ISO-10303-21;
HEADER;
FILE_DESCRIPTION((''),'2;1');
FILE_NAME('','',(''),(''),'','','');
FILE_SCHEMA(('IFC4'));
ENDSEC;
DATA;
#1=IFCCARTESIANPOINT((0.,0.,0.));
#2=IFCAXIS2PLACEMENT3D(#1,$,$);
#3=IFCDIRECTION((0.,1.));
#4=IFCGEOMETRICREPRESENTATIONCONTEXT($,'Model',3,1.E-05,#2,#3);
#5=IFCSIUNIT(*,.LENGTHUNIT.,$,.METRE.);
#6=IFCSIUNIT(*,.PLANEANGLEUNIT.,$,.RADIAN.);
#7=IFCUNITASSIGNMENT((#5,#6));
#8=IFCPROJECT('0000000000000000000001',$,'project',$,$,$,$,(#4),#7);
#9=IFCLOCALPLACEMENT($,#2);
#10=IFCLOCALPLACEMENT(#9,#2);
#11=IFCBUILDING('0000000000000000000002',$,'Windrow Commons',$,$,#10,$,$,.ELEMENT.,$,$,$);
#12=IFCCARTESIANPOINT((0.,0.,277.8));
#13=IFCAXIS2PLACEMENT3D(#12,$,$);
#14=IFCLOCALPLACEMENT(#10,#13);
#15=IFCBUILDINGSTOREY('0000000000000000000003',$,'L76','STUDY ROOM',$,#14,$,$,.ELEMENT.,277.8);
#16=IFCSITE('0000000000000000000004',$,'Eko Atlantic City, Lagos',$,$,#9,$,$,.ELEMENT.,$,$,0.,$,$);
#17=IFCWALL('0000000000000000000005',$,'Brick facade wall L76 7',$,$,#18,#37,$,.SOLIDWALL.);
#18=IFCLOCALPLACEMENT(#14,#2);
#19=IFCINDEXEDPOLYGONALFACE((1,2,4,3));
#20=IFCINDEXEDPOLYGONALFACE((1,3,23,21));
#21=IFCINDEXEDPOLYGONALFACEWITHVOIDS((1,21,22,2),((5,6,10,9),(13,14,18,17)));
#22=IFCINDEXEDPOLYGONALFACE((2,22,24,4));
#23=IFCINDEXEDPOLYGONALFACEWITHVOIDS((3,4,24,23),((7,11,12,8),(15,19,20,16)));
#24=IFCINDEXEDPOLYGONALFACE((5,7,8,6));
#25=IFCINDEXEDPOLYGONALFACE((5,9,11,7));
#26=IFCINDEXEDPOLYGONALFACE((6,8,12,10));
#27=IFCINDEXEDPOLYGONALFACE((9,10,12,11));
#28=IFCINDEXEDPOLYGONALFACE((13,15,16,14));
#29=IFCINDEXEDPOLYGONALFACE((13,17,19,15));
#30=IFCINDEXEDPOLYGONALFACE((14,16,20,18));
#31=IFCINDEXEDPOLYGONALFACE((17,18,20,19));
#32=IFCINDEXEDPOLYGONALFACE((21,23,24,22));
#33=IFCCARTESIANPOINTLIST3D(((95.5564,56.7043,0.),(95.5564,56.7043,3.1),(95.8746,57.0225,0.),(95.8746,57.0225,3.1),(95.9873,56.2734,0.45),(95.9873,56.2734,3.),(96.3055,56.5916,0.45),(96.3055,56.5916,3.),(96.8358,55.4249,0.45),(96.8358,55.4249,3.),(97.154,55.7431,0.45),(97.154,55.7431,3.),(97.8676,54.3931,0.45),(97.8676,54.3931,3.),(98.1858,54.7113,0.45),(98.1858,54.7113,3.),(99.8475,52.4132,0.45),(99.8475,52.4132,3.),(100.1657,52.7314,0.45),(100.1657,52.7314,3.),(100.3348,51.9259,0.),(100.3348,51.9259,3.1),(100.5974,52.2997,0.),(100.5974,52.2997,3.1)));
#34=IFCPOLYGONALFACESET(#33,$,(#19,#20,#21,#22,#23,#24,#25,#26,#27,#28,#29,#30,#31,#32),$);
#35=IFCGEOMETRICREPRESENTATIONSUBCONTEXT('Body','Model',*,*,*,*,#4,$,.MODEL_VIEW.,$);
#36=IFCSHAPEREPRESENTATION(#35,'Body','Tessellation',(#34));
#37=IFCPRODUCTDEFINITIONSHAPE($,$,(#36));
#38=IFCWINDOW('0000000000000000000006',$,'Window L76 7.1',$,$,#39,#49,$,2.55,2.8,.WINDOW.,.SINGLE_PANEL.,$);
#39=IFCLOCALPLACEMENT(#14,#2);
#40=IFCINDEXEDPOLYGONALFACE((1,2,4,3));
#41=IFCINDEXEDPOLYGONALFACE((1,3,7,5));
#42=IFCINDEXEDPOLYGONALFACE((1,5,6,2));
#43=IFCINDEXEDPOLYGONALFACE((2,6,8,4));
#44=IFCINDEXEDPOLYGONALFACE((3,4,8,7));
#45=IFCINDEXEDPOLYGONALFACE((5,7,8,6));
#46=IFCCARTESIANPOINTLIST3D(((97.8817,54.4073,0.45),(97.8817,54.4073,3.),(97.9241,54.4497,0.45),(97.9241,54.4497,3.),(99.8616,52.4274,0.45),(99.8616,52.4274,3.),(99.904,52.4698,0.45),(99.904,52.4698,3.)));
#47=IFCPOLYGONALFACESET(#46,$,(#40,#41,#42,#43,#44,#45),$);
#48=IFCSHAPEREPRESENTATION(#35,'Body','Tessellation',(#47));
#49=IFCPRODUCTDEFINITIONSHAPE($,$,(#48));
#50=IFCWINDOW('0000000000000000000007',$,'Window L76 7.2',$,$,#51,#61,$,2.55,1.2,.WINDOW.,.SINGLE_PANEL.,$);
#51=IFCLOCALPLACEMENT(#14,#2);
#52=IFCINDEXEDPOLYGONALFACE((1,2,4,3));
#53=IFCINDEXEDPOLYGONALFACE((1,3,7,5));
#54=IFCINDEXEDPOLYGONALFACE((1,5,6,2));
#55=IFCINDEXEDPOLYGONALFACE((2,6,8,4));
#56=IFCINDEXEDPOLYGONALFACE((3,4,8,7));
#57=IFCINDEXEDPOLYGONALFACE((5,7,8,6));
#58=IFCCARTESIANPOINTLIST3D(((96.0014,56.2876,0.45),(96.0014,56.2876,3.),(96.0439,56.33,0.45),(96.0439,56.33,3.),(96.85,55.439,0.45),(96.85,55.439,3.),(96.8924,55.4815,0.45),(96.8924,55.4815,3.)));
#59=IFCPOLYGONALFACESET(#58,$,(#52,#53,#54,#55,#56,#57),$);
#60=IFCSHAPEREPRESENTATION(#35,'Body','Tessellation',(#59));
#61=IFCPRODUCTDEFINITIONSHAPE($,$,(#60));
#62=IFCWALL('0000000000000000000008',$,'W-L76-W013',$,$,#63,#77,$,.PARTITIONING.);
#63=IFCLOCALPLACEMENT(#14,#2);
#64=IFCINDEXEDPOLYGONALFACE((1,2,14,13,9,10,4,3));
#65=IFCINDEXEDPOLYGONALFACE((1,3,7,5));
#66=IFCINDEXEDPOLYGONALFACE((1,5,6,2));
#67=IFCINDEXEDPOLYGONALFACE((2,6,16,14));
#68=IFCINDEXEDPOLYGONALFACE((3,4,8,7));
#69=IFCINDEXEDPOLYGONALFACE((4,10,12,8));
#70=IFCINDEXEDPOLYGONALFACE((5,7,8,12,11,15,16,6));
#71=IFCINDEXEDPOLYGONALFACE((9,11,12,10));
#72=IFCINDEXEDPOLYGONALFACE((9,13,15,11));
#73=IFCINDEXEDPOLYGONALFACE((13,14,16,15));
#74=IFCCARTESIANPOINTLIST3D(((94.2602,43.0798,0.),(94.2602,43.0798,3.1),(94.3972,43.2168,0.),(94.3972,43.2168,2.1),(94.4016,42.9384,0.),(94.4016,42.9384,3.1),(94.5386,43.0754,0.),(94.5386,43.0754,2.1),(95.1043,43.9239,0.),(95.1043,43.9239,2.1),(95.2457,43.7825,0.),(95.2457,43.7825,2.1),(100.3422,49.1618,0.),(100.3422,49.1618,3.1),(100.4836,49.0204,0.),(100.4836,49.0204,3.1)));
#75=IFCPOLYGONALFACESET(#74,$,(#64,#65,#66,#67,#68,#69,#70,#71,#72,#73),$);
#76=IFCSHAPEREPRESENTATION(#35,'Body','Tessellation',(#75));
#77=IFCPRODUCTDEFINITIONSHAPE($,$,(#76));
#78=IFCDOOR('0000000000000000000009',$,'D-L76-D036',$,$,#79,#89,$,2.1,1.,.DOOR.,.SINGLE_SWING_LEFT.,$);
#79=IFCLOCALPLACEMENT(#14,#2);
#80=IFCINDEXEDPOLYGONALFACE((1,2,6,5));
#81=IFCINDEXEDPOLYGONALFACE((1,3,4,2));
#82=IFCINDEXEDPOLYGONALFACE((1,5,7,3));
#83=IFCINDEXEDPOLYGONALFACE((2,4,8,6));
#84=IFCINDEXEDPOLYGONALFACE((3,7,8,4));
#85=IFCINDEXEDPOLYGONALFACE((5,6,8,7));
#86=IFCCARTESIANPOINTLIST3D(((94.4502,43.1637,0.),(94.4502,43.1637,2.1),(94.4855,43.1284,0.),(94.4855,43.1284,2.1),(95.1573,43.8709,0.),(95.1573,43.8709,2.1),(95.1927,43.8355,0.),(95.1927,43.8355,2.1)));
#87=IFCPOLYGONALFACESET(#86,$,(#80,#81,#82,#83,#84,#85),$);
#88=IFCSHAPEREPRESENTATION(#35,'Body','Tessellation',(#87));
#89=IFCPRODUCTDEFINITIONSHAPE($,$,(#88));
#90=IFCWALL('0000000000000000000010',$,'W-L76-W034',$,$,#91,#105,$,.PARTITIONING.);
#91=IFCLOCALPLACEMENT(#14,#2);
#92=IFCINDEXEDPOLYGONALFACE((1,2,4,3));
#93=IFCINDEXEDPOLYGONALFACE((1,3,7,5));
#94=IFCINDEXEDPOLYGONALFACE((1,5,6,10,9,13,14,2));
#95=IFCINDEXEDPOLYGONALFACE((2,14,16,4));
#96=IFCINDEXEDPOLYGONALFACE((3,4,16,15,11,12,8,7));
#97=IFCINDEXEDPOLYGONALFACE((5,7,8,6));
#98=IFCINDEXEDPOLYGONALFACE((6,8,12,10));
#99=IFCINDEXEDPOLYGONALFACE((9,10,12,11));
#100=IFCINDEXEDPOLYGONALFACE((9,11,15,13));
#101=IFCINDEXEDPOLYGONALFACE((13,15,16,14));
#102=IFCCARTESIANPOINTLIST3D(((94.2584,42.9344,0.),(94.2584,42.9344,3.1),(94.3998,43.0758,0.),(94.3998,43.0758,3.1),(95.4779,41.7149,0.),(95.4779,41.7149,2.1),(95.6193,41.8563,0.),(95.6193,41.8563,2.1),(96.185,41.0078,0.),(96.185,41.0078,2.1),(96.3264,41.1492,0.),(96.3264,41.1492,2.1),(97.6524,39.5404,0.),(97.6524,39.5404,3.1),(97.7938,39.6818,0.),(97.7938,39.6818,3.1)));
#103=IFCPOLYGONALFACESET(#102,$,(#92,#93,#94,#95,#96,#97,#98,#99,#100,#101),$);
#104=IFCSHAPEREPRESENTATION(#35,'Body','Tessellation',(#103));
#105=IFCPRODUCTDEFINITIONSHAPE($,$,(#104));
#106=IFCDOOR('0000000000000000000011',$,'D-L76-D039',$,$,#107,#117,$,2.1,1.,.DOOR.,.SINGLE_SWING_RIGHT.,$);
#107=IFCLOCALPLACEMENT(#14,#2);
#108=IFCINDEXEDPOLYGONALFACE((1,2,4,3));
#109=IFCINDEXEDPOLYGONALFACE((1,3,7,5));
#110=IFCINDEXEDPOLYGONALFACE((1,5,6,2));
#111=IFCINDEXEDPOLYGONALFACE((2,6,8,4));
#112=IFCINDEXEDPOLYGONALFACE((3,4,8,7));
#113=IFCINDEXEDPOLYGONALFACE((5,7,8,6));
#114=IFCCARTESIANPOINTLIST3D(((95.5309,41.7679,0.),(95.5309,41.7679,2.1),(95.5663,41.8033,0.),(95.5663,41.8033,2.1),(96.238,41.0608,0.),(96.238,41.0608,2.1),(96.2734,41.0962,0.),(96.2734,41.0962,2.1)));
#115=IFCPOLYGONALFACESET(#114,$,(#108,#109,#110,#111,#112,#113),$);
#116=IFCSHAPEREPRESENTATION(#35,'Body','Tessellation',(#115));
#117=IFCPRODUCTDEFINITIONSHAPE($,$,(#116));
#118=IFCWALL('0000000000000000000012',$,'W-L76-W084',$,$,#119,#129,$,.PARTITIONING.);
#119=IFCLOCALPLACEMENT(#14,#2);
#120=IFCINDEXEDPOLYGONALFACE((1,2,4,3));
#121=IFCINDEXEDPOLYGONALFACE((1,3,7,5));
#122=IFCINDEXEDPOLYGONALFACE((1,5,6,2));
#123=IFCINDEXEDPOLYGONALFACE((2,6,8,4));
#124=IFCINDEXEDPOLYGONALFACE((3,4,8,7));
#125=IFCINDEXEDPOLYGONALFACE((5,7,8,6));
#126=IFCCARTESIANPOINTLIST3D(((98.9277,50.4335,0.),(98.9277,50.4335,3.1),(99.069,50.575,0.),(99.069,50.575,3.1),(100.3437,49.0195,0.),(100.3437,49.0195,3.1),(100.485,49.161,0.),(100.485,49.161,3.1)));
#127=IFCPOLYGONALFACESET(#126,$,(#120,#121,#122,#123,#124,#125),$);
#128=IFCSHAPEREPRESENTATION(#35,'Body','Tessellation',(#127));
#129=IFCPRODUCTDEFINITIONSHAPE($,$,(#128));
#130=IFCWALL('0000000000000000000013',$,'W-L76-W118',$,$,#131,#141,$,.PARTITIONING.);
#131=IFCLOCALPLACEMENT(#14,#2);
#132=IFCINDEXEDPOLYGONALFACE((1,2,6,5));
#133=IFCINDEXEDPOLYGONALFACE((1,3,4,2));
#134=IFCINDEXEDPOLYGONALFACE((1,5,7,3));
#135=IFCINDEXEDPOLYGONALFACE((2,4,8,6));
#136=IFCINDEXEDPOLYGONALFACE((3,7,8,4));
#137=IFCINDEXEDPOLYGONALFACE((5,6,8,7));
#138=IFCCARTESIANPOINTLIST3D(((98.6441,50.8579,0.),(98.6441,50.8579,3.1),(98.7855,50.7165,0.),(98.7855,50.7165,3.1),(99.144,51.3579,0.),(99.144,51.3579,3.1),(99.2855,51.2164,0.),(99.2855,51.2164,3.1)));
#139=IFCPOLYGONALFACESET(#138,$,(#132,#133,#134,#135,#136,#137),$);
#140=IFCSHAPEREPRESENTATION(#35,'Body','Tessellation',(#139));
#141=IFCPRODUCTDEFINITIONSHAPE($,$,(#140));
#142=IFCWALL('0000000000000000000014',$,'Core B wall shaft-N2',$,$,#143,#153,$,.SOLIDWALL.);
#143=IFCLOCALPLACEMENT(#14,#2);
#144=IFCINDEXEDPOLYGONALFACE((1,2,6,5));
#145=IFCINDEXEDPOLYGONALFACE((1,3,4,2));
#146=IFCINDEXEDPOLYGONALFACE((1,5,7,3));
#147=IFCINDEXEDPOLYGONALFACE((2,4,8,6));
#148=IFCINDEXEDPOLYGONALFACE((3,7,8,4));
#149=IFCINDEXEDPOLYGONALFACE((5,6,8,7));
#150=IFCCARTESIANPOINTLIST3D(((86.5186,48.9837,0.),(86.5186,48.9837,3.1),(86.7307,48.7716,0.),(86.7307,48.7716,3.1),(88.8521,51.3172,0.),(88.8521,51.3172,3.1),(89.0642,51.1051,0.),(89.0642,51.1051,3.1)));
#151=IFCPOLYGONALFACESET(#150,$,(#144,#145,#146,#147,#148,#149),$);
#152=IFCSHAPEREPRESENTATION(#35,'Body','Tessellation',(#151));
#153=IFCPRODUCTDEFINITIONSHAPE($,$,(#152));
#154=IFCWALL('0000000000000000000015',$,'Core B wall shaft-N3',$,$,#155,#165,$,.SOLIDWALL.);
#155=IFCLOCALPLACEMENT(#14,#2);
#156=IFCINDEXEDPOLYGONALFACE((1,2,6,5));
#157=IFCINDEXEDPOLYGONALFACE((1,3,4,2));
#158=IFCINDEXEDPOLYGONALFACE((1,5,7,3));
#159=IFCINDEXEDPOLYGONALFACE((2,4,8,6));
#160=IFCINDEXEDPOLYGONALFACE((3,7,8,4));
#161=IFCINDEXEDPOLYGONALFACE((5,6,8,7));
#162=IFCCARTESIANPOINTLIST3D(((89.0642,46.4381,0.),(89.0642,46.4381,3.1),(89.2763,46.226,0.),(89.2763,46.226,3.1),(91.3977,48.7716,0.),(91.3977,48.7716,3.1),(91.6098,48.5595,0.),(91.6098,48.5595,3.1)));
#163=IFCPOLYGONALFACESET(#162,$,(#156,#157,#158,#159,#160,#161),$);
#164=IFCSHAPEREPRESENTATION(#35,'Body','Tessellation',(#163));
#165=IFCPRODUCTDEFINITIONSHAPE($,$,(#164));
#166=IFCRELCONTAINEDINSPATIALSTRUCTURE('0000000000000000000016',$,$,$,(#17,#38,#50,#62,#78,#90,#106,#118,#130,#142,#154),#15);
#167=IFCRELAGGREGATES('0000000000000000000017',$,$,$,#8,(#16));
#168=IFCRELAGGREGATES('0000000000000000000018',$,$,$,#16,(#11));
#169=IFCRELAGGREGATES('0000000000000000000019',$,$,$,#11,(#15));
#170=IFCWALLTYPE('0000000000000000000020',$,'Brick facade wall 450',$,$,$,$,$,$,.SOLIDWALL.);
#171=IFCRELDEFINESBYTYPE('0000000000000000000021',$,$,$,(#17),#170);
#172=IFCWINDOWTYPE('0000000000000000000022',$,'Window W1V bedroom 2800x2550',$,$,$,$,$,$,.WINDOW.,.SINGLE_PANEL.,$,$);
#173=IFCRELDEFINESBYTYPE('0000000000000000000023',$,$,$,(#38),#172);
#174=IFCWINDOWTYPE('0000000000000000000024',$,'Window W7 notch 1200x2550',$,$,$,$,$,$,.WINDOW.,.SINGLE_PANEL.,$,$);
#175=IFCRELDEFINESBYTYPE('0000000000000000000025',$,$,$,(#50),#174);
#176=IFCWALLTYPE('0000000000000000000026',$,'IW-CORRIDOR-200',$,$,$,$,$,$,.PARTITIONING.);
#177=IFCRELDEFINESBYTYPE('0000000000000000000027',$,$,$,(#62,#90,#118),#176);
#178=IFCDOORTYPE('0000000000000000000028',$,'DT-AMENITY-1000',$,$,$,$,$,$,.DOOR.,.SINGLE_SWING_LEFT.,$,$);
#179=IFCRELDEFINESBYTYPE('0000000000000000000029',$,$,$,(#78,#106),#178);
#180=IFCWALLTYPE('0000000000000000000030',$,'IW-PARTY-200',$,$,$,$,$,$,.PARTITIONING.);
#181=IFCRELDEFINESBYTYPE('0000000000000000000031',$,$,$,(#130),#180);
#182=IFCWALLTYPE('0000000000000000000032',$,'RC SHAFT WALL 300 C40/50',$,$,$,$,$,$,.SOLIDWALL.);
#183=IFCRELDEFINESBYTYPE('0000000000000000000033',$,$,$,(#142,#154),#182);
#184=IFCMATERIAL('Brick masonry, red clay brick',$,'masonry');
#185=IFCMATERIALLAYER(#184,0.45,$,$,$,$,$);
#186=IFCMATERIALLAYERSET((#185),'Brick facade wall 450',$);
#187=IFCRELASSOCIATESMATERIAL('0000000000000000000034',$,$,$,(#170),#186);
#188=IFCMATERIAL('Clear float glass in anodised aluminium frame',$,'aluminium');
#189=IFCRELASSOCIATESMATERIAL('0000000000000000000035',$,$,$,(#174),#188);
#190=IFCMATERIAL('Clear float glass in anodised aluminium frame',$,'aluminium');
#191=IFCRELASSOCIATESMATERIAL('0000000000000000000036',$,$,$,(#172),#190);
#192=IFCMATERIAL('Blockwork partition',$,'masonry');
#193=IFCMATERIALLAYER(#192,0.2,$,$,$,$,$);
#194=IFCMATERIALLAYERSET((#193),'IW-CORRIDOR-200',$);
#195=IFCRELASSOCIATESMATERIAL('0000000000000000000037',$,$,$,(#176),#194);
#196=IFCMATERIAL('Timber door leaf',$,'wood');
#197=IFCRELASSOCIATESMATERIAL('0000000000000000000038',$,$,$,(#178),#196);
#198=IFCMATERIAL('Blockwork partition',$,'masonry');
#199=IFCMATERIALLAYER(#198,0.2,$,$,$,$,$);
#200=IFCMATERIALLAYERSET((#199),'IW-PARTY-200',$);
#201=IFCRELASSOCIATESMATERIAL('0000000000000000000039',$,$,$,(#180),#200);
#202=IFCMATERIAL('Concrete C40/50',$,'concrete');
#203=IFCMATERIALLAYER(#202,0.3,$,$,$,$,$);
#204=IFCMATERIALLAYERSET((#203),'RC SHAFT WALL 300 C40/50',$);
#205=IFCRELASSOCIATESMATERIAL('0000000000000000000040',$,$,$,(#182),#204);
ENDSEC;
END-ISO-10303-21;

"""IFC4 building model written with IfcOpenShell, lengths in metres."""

from ifc_helpers import new_model, si_unit, direction, frame, frame_2d, origin, place, context, subcontext, project, spatial, polyline, rectangle, outline, extrude, material, layer, layer_set, type_object, element, fill, save


model = new_model("IFC4")

# Units and contexts
model_context = context("Model", 3, precision=1e-05, world=origin(), true_north=direction((0.0, 1.0)))
body_context = subcontext(model_context, "Body", "Model", "MODEL_VIEW")
ifc_project = project(units=[si_unit("LENGTHUNIT", "METRE"), si_unit("PLANEANGLEUNIT", "RADIAN")], contexts=[model_context])

# Site, building, storey
site_placement = place(None, origin())
site = spatial("IfcSite", under=ifc_project, at=site_placement, Name="Eko Atlantic City, Lagos", CompositionType="ELEMENT", RefElevation=0.0)
building_placement = place(site_placement, origin())
building = spatial("IfcBuilding", under=site, at=building_placement, Name="Windrow Commons", CompositionType="ELEMENT")
storey_placement = place(building_placement, frame((0.0, 0.0, 277.8)))
storey = spatial("IfcBuildingStorey", under=building, at=storey_placement, Name="L76", Description="STUDY ROOM", CompositionType="ELEMENT", Elevation=277.8)

# Shared definitions
ifc_material_1 = material(Name="Brick masonry, red clay brick", Category="masonry")
ifc_layer_1 = layer(ifc_material_1, 0.45)
ifc_layer_set_1 = layer_set([ifc_layer_1], Name="Brick facade wall 450")
wall_type_1 = type_object("IfcWallType", Name="Brick facade wall 450", PredefinedType="SOLIDWALL", material=ifc_layer_set_1)

# Shared definitions
ifc_material_2 = material(Name="Clear float glass in anodised aluminium frame", Category="aluminium")
window_type_1 = type_object("IfcWindowType", Name="Window W7 notch 1200x2550", PartitioningType="SINGLE_PANEL", PredefinedType="WINDOW", material=ifc_material_2)

# Wall, openings, windows
wall_1_placement = place(storey_placement, frame((100.4661, 52.1128, 0.0), z_axis=(0.0, 0.0, 1.0), x_axis=(-0.707107, 0.707107, 0.0)))
wall_1 = element("IfcWall", 1, at=wall_1_placement, inside=storey, type_object=wall_type_1, Name="Brick facade wall L76 7", PredefinedType="SOLIDWALL", context=body_context, shape_type="SweptSolid", body=[
    extrude(outline(polyline([(0.0393, -0.225), (6.7184, -0.225), (6.7184, 0.225), (-0.0393, 0.225), (0.0393, -0.225)])), origin(), (0.0, 0.0, 1.0), 3.1),
])
opening_1_placement = place(wall_1_placement, frame((0.6499, 0.0, 0.45)))
opening_1 = element("IfcOpeningElement", 2, at=opening_1_placement, cuts=wall_1, PredefinedType="OPENING", context=body_context, shape_type="SweptSolid", body=[
    extrude(rectangle(XDim=2.8, YDim=2.55, at=frame_2d((1.4, 1.275))), frame((0.0, 0.235, 0.0), z_axis=(0.0, -1.0, 0.0), x_axis=(1.0, 0.0, 0.0)), (0.0, 0.0, 1.0), 0.47),
])
opening_2_placement = place(wall_1_placement, frame((4.909, 0.0, 0.45)))
opening_2 = element("IfcOpeningElement", 3, at=opening_2_placement, cuts=wall_1, PredefinedType="OPENING", context=body_context, shape_type="SweptSolid", body=[
    extrude(rectangle(XDim=1.2, YDim=2.55, at=frame_2d((0.6, 1.275))), frame((0.0, 0.235, 0.0), z_axis=(0.0, -1.0, 0.0), x_axis=(1.0, 0.0, 0.0)), (0.0, 0.0, 1.0), 0.47),
])
ifc_material_3 = material(Name="Clear float glass in anodised aluminium frame", Category="aluminium")
window_type_2 = type_object("IfcWindowType", Name="Window W1V bedroom 2800x2550", PartitioningType="SINGLE_PANEL", PredefinedType="WINDOW", material=ifc_material_3)
window_1_placement = place(opening_1_placement, origin())
window_1 = element("IfcWindow", 4, at=window_1_placement, inside=storey, type_object=window_type_2, Name="Window L76 7.1", OverallHeight=2.55, OverallWidth=2.8, PartitioningType="SINGLE_PANEL", PredefinedType="WINDOW", context=body_context, shape_type="SweptSolid", body=[
    extrude(rectangle(XDim=2.8, YDim=2.55, at=frame_2d((1.4, 1.275))), frame((0.0, 0.205, 0.0), z_axis=(0.0, -1.0, 0.0), x_axis=(1.0, 0.0, 0.0)), (0.0, 0.0, 1.0), 0.06),
])
fill(opening_1, window_1)
window_2_placement = place(opening_2_placement, origin())
window_2 = element("IfcWindow", 5, at=window_2_placement, inside=storey, type_object=window_type_1, Name="Window L76 7.2", OverallHeight=2.55, OverallWidth=1.2, PartitioningType="SINGLE_PANEL", PredefinedType="WINDOW", context=body_context, shape_type="SweptSolid", body=[
    extrude(rectangle(XDim=1.2, YDim=2.55, at=frame_2d((0.6, 1.275))), frame((0.0, 0.205, 0.0), z_axis=(0.0, -1.0, 0.0), x_axis=(1.0, 0.0, 0.0)), (0.0, 0.0, 1.0), 0.06),
])
fill(opening_2, window_2)

# Walls, openings, doors
ifc_material_4 = material(Name="Blockwork partition", Category="masonry")
ifc_layer_2 = layer(ifc_material_4, 0.2)
ifc_layer_set_2 = layer_set([ifc_layer_2], Name="IW-CORRIDOR-200")
wall_type_2 = type_object("IfcWallType", Name="IW-CORRIDOR-200", PredefinedType="PARTITIONING", material=ifc_layer_set_2)
wall_2_placement = place(storey_placement, frame((94.3309, 43.0091, 0.0), z_axis=(0.0, 0.0, 1.0), x_axis=(0.707107, 0.707107, 0.0)))
wall_2 = element("IfcWall", 6, at=wall_2_placement, inside=storey, type_object=wall_type_2, Name="W-L76-W013", PredefinedType="PARTITIONING", context=body_context, shape_type="SweptSolid", body=[
    extrude(rectangle(XDim=8.6012, YDim=0.2, at=frame_2d((4.3006, 0.0))), origin(), (0.0, 0.0, 1.0), 3.1),
])
opening_3_placement = place(wall_2_placement, frame((0.1937, 0.0, 0.0)))
opening_3 = element("IfcOpeningElement", 7, at=opening_3_placement, cuts=wall_2, PredefinedType="OPENING", context=body_context, shape_type="SweptSolid", body=[
    extrude(rectangle(XDim=1.0, YDim=2.1, at=frame_2d((0.5, 1.05))), frame((0.0, 0.11, 0.0), z_axis=(0.0, -1.0, 0.0), x_axis=(1.0, 0.0, 0.0)), (0.0, 0.0, 1.0), 0.22),
])
ifc_material_5 = material(Name="Timber door leaf", Category="wood")
door_type = type_object("IfcDoorType", Name="DT-AMENITY-1000", OperationType="SINGLE_SWING_LEFT", PredefinedType="DOOR", material=ifc_material_5)
door_1_placement = place(opening_3_placement, origin())
door_1 = element("IfcDoor", 8, at=door_1_placement, inside=storey, type_object=door_type, Name="D-L76-D036", OperationType="SINGLE_SWING_LEFT", OverallHeight=2.1, OverallWidth=1.0, PredefinedType="DOOR", context=body_context, shape_type="SweptSolid", body=[
    extrude(rectangle(XDim=1.0, YDim=2.1, at=frame_2d((0.5, 1.05))), frame((0.0, 0.025, 0.0), z_axis=(0.0, -1.0, 0.0), x_axis=(1.0, 0.0, 0.0)), (0.0, 0.0, 1.0), 0.05),
])
fill(opening_3, door_1)
wall_3_placement = place(storey_placement, frame((94.3291, 43.0051, 0.0), z_axis=(0.0, 0.0, 1.0), x_axis=(0.707107, -0.707107, 0.0)))
wall_3 = element("IfcWall", 9, at=wall_3_placement, inside=storey, type_object=wall_type_2, Name="W-L76-W034", PredefinedType="PARTITIONING", context=body_context, shape_type="SweptSolid", body=[
    extrude(rectangle(XDim=4.7998, YDim=0.2, at=frame_2d((2.3999, 0.0))), origin(), (0.0, 0.0, 1.0), 3.1),
])
opening_4_placement = place(wall_3_placement, frame((1.7246, 0.0, 0.0)))
opening_4 = element("IfcOpeningElement", 10, at=opening_4_placement, cuts=wall_3, PredefinedType="OPENING", context=body_context, shape_type="SweptSolid", body=[
    extrude(rectangle(XDim=1.0, YDim=2.1, at=frame_2d((0.5, 1.05))), frame((0.0, 0.11, 0.0), z_axis=(0.0, -1.0, 0.0), x_axis=(1.0, 0.0, 0.0)), (0.0, 0.0, 1.0), 0.22),
])
door_2_placement = place(opening_4_placement, origin())
door_2 = element("IfcDoor", 11, at=door_2_placement, inside=storey, type_object=door_type, Name="D-L76-D039", OperationType="SINGLE_SWING_RIGHT", OverallHeight=2.1, OverallWidth=1.0, PredefinedType="DOOR", context=body_context, shape_type="SweptSolid", body=[
    extrude(rectangle(XDim=1.0, YDim=2.1, at=frame_2d((0.5, 1.05))), frame((0.0, 0.025, 0.0), z_axis=(0.0, -1.0, 0.0), x_axis=(1.0, 0.0, 0.0)), (0.0, 0.0, 1.0), 0.05),
])
fill(opening_4, door_2)

# Walls
wall_4_placement = place(storey_placement, frame((98.9983, 50.5043, 0.0), z_axis=(0.0, 0.0, 1.0), x_axis=(0.707606, -0.706607, 0.0)))
element("IfcWall", 12, at=wall_4_placement, inside=storey, type_object=wall_type_2, Name="W-L76-W084", PredefinedType="PARTITIONING", context=body_context, shape_type="SweptSolid", body=[
    extrude(rectangle(XDim=2.0011, YDim=0.2, at=frame_2d((1.0006, 0.0))), origin(), (0.0, 0.0, 1.0), 3.1),
])
ifc_material_6 = material(Name="Blockwork partition", Category="masonry")
ifc_layer_3 = layer(ifc_material_6, 0.2)
ifc_layer_set_3 = layer_set([ifc_layer_3], Name="IW-PARTY-200")
wall_type_3 = type_object("IfcWallType", Name="IW-PARTY-200", PredefinedType="PARTITIONING", material=ifc_layer_set_3)
wall_5_placement = place(storey_placement, frame((98.7148, 50.7872, 0.0), z_axis=(0.0, 0.0, 1.0), x_axis=(0.707107, 0.707107, 0.0)))
element("IfcWall", 13, at=wall_5_placement, inside=storey, type_object=wall_type_3, Name="W-L76-W118", PredefinedType="PARTITIONING", context=body_context, shape_type="SweptSolid", body=[
    extrude(rectangle(XDim=0.7071, YDim=0.2, at=frame_2d((0.3535, 0.0))), origin(), (0.0, 0.0, 1.0), 3.1),
])
ifc_material_7 = material(Name="Concrete C40/50", Category="concrete")
ifc_layer_4 = layer(ifc_material_7, 0.3)
ifc_layer_set_4 = layer_set([ifc_layer_4], Name="RC SHAFT WALL 300 C40/50")
wall_type_4 = type_object("IfcWallType", Name="RC SHAFT WALL 300 C40/50", PredefinedType="SOLIDWALL", material=ifc_layer_set_4)
for number, where, z_axis, x_axis, name in (
    (14, (86.6246, 48.8776, 0.0), (0.0, 0.0, 1.0), (0.707107, 0.707107, 0.0), "Core B wall shaft-N2"),
    (15, (89.1702, 46.332, 0.0), (0.0, 0.0, 1.0), (0.707107, 0.707107, 0.0), "Core B wall shaft-N3"),
):
    element("IfcWall", number, at=place(storey_placement, frame(where, z_axis=z_axis, x_axis=x_axis)), inside=storey, type_object=wall_type_4, Name=name, PredefinedType="SOLIDWALL", context=body_context, shape_type="SweptSolid", body=[
        extrude(rectangle(XDim=3.3001, YDim=0.3, at=frame_2d((1.6501, 0.0))), origin(), (0.0, 0.0, 1.0), 3.1),
    ])

save(model, "model.ifc")
